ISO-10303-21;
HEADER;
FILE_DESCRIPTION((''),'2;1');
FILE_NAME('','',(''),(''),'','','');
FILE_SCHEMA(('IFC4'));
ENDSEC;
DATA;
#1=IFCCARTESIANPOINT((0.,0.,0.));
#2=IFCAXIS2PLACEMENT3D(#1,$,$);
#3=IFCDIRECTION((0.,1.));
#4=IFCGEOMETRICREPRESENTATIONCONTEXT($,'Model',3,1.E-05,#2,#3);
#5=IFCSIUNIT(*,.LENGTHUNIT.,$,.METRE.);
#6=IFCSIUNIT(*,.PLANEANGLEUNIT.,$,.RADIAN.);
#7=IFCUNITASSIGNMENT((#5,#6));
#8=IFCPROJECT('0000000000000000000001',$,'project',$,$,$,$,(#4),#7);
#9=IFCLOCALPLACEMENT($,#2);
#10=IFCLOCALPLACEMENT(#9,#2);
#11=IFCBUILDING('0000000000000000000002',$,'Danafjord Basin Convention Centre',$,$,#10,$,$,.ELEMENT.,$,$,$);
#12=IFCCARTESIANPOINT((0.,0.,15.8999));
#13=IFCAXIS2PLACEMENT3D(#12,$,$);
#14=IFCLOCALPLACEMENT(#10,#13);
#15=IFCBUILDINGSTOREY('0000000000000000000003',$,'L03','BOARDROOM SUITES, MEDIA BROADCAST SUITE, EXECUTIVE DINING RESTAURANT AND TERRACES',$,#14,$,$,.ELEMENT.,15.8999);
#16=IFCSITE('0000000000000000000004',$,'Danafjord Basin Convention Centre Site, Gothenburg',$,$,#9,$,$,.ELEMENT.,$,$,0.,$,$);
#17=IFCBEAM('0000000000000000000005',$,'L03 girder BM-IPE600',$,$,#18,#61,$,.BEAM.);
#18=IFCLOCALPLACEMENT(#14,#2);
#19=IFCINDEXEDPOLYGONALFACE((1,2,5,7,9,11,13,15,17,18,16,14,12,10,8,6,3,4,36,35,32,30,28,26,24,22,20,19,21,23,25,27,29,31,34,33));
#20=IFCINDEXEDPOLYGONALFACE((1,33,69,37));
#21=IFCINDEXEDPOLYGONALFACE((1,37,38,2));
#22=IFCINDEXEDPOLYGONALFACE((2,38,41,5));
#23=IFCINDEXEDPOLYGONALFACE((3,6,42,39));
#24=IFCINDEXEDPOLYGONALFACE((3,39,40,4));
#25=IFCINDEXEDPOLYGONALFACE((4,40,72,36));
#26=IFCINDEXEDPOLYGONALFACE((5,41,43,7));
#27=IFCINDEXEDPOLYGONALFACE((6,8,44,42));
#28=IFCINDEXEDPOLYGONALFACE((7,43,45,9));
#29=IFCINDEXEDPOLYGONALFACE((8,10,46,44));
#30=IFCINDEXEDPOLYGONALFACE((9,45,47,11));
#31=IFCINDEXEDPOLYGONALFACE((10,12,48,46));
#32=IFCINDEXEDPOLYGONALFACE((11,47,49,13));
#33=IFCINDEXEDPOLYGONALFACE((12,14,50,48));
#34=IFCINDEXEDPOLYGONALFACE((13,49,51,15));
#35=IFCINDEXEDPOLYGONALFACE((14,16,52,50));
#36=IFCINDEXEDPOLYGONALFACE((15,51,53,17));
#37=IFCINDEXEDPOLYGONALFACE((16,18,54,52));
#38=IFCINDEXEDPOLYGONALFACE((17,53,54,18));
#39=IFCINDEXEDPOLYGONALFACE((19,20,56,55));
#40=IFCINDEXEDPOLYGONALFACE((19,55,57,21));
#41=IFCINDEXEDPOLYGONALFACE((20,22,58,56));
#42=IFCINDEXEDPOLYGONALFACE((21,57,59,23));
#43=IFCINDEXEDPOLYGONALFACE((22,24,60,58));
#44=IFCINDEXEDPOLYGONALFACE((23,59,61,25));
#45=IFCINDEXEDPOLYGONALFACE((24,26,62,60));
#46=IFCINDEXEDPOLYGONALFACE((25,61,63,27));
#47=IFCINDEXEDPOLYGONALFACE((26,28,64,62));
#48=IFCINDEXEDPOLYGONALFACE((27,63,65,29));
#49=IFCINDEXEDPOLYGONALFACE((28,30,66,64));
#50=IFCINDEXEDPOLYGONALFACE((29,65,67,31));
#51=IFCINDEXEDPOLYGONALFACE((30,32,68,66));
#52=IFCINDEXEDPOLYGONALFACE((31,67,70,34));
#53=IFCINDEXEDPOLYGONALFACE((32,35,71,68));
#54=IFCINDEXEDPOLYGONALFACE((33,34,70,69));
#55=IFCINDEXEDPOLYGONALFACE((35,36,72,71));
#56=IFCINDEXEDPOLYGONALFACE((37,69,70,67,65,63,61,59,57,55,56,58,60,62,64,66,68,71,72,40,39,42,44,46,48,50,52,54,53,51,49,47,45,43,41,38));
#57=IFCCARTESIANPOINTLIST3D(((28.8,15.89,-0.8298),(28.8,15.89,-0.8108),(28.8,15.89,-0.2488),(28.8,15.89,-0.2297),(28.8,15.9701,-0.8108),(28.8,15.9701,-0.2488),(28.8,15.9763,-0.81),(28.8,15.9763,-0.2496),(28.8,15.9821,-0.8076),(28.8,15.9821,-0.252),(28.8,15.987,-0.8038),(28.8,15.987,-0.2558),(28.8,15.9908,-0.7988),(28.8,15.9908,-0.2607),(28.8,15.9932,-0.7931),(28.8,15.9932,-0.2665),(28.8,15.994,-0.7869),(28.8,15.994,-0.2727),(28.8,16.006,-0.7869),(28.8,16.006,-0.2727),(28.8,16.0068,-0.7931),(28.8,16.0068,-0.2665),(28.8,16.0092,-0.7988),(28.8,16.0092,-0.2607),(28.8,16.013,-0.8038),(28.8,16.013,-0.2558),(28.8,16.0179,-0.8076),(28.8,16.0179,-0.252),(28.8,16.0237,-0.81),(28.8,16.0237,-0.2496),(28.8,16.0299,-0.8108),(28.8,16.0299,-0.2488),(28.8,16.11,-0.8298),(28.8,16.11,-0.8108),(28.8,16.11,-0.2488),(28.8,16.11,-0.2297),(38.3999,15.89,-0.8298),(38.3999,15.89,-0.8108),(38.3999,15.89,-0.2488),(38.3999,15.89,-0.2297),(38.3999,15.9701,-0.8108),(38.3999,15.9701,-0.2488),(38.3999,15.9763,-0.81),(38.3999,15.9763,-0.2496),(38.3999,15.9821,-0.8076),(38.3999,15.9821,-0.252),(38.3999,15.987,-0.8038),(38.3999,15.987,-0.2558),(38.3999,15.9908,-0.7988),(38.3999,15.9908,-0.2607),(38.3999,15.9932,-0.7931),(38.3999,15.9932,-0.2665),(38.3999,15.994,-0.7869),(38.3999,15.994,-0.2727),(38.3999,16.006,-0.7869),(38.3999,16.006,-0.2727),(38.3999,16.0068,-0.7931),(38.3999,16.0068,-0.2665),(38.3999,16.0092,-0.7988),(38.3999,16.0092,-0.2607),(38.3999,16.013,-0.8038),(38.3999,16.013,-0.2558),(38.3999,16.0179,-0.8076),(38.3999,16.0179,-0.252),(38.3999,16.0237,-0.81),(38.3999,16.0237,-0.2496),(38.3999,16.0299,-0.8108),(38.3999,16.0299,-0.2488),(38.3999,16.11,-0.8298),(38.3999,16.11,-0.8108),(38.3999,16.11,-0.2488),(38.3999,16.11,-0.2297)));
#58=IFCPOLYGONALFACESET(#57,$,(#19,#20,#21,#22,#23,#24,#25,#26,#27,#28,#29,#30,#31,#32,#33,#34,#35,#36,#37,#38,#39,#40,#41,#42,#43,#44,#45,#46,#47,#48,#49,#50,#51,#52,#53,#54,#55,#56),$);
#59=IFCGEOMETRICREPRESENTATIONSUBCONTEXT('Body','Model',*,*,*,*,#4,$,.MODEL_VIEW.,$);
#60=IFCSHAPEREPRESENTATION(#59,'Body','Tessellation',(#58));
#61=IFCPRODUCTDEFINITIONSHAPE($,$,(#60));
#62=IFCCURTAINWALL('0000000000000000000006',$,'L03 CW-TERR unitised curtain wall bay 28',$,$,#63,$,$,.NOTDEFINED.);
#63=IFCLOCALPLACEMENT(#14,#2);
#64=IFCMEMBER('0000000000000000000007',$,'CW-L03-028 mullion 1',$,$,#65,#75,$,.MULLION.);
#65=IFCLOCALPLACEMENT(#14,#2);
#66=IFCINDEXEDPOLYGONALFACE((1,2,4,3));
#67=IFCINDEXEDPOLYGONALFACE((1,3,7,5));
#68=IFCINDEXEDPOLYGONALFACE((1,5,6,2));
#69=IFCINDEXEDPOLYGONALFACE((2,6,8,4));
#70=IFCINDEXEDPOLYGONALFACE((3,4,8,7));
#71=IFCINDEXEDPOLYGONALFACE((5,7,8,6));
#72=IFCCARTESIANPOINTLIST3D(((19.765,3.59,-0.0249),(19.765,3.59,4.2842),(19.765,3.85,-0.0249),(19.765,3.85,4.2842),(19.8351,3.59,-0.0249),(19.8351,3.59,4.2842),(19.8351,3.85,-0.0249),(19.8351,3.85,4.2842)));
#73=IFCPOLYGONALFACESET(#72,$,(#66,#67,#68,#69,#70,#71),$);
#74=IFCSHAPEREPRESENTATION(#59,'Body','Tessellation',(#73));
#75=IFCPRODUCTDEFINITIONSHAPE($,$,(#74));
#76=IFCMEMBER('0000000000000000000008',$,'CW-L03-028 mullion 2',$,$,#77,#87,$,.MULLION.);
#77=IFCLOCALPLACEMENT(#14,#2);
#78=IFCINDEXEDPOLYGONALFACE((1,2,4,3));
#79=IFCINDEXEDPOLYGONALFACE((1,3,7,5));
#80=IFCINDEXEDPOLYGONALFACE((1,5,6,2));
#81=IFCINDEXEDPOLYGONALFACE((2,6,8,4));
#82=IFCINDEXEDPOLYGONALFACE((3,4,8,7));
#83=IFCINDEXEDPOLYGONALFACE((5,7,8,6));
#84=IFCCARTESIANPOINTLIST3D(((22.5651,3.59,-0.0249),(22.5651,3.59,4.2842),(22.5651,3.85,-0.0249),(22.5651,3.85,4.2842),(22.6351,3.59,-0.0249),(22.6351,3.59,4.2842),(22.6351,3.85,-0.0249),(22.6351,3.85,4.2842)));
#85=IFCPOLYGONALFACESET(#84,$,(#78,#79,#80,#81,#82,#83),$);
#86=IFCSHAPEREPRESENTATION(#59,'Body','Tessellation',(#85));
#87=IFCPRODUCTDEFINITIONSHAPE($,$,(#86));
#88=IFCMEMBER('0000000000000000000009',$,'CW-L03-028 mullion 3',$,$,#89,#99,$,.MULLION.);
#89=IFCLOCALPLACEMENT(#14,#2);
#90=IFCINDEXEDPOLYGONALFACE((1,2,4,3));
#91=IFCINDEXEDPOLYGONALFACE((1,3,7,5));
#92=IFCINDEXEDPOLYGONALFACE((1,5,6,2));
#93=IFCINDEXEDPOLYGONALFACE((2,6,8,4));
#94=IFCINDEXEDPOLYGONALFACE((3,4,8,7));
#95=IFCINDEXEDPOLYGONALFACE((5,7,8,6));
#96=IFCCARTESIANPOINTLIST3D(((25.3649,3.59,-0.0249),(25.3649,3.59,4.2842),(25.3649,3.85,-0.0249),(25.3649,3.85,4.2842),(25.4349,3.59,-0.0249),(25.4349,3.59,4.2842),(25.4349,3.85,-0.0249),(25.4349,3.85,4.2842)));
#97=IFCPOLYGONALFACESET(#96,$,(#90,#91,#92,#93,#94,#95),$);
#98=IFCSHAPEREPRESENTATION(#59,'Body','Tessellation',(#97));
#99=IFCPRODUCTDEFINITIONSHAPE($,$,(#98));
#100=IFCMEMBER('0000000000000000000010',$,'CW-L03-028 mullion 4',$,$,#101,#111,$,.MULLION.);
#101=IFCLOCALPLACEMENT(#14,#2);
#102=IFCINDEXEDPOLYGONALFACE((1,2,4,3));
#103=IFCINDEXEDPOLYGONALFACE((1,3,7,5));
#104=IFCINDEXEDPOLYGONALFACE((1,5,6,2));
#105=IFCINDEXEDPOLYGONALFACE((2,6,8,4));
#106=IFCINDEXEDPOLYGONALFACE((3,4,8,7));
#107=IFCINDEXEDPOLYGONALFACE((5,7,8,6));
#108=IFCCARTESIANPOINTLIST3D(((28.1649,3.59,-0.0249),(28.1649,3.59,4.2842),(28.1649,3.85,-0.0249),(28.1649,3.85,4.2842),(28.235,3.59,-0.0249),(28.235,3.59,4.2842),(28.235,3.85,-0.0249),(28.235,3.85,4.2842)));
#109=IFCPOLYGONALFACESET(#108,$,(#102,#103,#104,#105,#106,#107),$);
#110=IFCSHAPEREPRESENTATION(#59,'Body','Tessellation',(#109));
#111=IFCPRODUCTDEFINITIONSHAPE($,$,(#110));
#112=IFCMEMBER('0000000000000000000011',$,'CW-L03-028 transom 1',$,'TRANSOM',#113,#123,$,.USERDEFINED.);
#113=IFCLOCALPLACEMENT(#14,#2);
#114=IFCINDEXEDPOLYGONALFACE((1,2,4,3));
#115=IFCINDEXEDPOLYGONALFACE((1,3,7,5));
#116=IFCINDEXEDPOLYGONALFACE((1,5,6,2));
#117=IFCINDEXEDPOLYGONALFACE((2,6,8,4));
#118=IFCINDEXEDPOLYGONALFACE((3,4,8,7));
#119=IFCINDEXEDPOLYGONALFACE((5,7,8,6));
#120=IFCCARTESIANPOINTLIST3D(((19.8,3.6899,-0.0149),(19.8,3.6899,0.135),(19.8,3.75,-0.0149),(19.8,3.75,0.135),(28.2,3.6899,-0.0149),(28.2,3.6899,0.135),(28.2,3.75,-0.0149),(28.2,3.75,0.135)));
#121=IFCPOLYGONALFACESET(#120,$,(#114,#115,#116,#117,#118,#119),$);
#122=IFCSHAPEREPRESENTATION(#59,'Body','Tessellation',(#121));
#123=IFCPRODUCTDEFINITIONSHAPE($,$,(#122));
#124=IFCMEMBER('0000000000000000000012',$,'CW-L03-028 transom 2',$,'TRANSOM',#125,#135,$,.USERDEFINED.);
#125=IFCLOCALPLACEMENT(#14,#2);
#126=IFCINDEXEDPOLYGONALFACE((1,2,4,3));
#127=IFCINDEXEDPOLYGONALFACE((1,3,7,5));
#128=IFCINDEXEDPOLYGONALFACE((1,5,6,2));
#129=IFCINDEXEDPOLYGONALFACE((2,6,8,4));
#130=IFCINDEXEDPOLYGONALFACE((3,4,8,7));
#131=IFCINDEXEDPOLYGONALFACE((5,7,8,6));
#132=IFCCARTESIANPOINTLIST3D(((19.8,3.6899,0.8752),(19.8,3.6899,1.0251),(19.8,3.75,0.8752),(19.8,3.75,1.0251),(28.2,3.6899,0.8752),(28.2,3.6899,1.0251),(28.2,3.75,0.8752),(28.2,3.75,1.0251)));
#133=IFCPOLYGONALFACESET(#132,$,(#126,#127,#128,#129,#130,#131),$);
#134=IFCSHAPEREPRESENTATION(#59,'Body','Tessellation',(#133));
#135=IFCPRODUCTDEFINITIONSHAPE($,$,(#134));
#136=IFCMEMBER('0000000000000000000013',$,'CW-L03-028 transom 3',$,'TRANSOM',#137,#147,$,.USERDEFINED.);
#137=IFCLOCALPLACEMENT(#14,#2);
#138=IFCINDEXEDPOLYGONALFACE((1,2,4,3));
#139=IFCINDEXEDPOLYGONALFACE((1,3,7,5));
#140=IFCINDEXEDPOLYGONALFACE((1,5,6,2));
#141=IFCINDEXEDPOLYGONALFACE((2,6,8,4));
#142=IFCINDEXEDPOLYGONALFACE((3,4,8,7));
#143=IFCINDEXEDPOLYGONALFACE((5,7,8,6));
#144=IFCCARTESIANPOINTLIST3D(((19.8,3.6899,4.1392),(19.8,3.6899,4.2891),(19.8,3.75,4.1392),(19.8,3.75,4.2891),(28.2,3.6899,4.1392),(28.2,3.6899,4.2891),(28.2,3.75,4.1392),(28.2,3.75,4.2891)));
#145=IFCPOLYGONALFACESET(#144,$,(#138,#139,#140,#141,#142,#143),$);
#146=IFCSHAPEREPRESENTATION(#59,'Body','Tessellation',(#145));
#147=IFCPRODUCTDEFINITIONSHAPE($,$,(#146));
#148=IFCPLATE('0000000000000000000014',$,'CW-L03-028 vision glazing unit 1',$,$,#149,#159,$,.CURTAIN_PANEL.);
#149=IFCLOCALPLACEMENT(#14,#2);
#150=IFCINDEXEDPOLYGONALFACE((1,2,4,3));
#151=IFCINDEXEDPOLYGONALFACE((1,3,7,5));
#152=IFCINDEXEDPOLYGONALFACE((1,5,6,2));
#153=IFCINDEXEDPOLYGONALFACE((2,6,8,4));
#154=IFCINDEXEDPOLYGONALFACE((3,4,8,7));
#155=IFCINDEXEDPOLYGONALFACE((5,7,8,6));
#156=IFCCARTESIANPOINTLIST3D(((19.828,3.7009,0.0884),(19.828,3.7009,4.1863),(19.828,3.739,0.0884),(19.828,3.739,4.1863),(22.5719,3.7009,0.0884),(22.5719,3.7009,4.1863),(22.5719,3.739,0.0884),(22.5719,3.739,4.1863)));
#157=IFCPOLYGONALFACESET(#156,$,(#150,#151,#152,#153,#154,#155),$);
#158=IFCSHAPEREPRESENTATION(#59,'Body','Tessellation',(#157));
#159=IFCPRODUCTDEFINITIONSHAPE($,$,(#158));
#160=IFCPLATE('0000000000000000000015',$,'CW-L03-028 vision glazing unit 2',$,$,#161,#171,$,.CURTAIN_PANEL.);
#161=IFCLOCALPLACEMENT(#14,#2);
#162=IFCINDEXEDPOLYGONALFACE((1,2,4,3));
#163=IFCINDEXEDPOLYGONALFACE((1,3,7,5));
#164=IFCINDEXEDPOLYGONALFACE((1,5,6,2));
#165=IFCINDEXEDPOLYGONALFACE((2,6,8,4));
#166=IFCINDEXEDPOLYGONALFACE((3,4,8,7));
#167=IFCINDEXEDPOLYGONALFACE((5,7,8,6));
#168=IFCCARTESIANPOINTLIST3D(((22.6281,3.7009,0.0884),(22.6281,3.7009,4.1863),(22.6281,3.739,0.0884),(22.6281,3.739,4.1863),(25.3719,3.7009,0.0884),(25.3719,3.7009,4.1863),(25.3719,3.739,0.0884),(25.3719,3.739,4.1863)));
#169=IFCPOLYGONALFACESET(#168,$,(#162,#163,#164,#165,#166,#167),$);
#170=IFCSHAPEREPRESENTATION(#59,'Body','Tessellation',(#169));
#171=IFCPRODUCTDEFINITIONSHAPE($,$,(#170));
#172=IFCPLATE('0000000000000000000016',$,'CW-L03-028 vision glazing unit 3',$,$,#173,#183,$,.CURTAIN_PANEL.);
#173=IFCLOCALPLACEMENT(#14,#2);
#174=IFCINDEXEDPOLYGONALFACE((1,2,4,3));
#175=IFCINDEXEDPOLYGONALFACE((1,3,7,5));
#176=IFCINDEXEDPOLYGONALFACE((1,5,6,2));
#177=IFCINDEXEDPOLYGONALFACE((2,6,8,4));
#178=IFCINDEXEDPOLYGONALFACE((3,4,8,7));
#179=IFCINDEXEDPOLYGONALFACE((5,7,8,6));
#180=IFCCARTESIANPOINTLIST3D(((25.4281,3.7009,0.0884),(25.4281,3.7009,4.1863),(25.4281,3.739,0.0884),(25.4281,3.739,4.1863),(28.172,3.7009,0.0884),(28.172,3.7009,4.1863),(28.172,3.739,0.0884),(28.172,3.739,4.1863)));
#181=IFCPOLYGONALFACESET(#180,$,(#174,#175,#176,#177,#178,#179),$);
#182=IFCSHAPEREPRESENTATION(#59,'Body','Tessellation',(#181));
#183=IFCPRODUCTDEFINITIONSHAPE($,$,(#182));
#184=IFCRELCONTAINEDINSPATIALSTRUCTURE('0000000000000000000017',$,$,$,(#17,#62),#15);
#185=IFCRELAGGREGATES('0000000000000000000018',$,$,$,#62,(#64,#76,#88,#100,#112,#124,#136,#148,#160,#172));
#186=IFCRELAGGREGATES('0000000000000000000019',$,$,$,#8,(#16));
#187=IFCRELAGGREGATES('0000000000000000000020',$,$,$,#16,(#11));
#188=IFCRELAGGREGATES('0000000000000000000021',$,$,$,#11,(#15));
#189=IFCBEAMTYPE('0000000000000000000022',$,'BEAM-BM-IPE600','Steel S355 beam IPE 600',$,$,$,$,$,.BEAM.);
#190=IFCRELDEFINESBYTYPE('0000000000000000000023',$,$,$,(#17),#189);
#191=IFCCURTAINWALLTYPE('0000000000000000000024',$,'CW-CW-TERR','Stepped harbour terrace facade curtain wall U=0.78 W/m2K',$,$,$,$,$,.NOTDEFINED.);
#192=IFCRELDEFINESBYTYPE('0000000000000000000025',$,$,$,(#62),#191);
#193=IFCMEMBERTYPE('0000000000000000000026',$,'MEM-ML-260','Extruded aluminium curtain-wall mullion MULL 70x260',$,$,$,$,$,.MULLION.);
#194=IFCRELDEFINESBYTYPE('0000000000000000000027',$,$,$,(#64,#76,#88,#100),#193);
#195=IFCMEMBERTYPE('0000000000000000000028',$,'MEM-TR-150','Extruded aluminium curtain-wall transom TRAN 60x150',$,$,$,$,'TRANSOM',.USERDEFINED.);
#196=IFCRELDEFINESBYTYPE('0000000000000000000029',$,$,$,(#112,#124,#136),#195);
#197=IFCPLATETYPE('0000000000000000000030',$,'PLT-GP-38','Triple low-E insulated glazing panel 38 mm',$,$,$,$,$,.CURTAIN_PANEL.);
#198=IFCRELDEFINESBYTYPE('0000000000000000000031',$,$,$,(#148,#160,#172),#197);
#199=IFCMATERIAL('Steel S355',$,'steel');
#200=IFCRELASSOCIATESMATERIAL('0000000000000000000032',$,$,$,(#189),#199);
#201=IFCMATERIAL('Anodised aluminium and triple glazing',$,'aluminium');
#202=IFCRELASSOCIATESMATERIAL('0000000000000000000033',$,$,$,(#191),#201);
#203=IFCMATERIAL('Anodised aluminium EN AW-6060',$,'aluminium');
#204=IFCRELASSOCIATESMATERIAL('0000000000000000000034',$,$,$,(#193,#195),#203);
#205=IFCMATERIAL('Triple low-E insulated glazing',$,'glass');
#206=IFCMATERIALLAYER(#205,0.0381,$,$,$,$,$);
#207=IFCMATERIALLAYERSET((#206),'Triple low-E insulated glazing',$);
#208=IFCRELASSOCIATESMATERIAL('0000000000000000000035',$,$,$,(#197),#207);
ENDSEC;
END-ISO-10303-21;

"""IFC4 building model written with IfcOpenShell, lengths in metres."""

from ifc_helpers import new_model, si_unit, direction, frame, origin, origin_2d, place, context, subcontext, project, spatial, rectangle, i_section, extrude, material, layer, layer_set, material_profile, profile_set, type_object, element, aggregate, save


model = new_model("IFC4")

# Units and contexts
model_context = context("Model", 3, precision=1e-05, world=origin(), true_north=direction((0.0, 1.0)))
body_context = subcontext(model_context, "Body", "Model", "MODEL_VIEW")
ifc_project = project(units=[si_unit("LENGTHUNIT", "METRE"), si_unit("PLANEANGLEUNIT", "RADIAN")], contexts=[model_context])

# Site, building, storey
site_placement = place(None, origin())
site = spatial("IfcSite", under=ifc_project, at=site_placement, Name="Danafjord Basin Convention Centre Site, Gothenburg", CompositionType="ELEMENT", RefElevation=0.0)
building_placement = place(site_placement, origin())
building = spatial("IfcBuilding", under=site, at=building_placement, Name="Danafjord Basin Convention Centre", CompositionType="ELEMENT")
storey_placement = place(building_placement, frame((0.0, 0.0, 15.8999)))
storey = spatial("IfcBuildingStorey", under=building, at=storey_placement, Name="L03", Description="BOARDROOM SUITES, MEDIA BROADCAST SUITE, EXECUTIVE DINING RESTAURANT AND TERRACES", CompositionType="ELEMENT", Elevation=15.8999)

# Shared definitions
ifc_material_1 = material(Name="Steel S355", Category="steel")

# Beam
ifc_material_profile_1 = material_profile(ifc_material_1, i_section(OverallWidth=0.22, OverallDepth=0.6001, WebThickness=0.012, FlangeThickness=0.019, FilletRadius=0.0239, at=origin_2d()), Name="IPE 600")
ifc_profile_set_1 = profile_set([ifc_material_profile_1], Name="Steel S355")
beam_type_1 = type_object("IfcBeamType", Name="BEAM-BM-IPE600", Description="Steel S355 beam IPE 600", PredefinedType="BEAM", material=ifc_profile_set_1)
beam_1_placement = place(storey_placement, frame((28.8, 16.0, -0.5298), z_axis=(1.0, 0.0, 0.0), x_axis=(0.0, 1.0, 0.0)))
element("IfcBeam", 1, at=beam_1_placement, inside=storey, type_object=beam_type_1, Name="L03 girder BM-IPE600", PredefinedType="BEAM", context=body_context, shape_type="SweptSolid", body=[
    extrude(i_section(OverallWidth=0.22, OverallDepth=0.6001, WebThickness=0.012, FlangeThickness=0.019, FilletRadius=0.0239, at=origin_2d()), origin(), (0.0, 0.0, 1.0), 9.5999),
])

# Curtain wall, members, plates
ifc_material_2 = material(Name="Anodised aluminium and triple glazing", Category="aluminium")
curtain_wall_type = type_object("IfcCurtainWallType", Name="CW-CW-TERR", Description="Stepped harbour terrace facade curtain wall U=0.78 W/m2K", PredefinedType="NOTDEFINED", material=ifc_material_2)
curtain_wall_placement = place(storey_placement, origin())
curtain_wall = element("IfcCurtainWall", 2, at=curtain_wall_placement, inside=storey, type_object=curtain_wall_type, Name="L03 CW-TERR unitised curtain wall bay 28", PredefinedType="NOTDEFINED")
ifc_material_3 = material(Name="Anodised aluminium EN AW-6060", Category="aluminium")
ifc_material_profile_2 = material_profile(ifc_material_3, rectangle(XDim=0.0701, YDim=0.26, at=origin_2d()), Name="MULL 70x260")
ifc_profile_set_2 = profile_set([ifc_material_profile_2], Name="Anodised aluminium EN AW-6060")
member_type_1 = type_object("IfcMemberType", Name="MEM-ML-260", Description="Extruded aluminium curtain-wall mullion MULL 70x260", PredefinedType="MULLION", material=ifc_profile_set_2)
member_1_placement = place(storey_placement, frame((19.8, 3.72, -0.0249), z_axis=(0.0, 0.0, 1.0), x_axis=(1.0, 0.0, 0.0)))
member_1 = element("IfcMember", 3, at=member_1_placement, type_object=member_type_1, Name="CW-L03-028 mullion 1", PredefinedType="MULLION", context=body_context, shape_type="SweptSolid", body=[
    extrude(rectangle(XDim=0.0701, YDim=0.26, at=origin_2d()), origin(), (0.0, 0.0, 1.0), 4.3091),
])
member_2_placement = place(storey_placement, frame((22.6001, 3.72, -0.0249), z_axis=(0.0, 0.0, 1.0), x_axis=(1.0, 0.0, 0.0)))
member_2 = element("IfcMember", 4, at=member_2_placement, type_object=member_type_1, Name="CW-L03-028 mullion 2", PredefinedType="MULLION", context=body_context, shape_type="SweptSolid", body=[
    extrude(rectangle(XDim=0.0701, YDim=0.26, at=origin_2d()), origin(), (0.0, 0.0, 1.0), 4.3091),
])
member_3_placement = place(storey_placement, frame((25.3999, 3.72, -0.0249), z_axis=(0.0, 0.0, 1.0), x_axis=(1.0, 0.0, 0.0)))
member_3 = element("IfcMember", 5, at=member_3_placement, type_object=member_type_1, Name="CW-L03-028 mullion 3", PredefinedType="MULLION", context=body_context, shape_type="SweptSolid", body=[
    extrude(rectangle(XDim=0.0701, YDim=0.26, at=origin_2d()), origin(), (0.0, 0.0, 1.0), 4.3091),
])
member_4_placement = place(storey_placement, frame((28.2, 3.72, -0.0249), z_axis=(0.0, 0.0, 1.0), x_axis=(1.0, 0.0, 0.0)))
member_4 = element("IfcMember", 6, at=member_4_placement, type_object=member_type_1, Name="CW-L03-028 mullion 4", PredefinedType="MULLION", context=body_context, shape_type="SweptSolid", body=[
    extrude(rectangle(XDim=0.0701, YDim=0.26, at=origin_2d()), origin(), (0.0, 0.0, 1.0), 4.3091),
])
ifc_material_profile_3 = material_profile(ifc_material_3, rectangle(XDim=0.0601, YDim=0.1499, at=origin_2d()), Name="TRAN 60x150")
ifc_profile_set_3 = profile_set([ifc_material_profile_3], Name="Anodised aluminium EN AW-6060")
member_type_2 = type_object("IfcMemberType", Name="MEM-TR-150", Description="Extruded aluminium curtain-wall transom TRAN 60x150", ElementType="TRANSOM", PredefinedType="USERDEFINED", material=ifc_profile_set_3)
member_5_placement = place(storey_placement, frame((19.8, 3.72, 0.0601), z_axis=(1.0, 0.0, 0.0), x_axis=(0.0, 1.0, 0.0)))
member_5 = element("IfcMember", 7, at=member_5_placement, type_object=member_type_2, Name="CW-L03-028 transom 1", ObjectType="TRANSOM", PredefinedType="USERDEFINED", context=body_context, shape_type="SweptSolid", body=[
    extrude(rectangle(XDim=0.0601, YDim=0.1499, at=origin_2d()), origin(), (0.0, 0.0, 1.0), 8.3999),
])
member_6_placement = place(storey_placement, frame((19.8, 3.72, 0.9502), z_axis=(1.0, 0.0, 0.0), x_axis=(0.0, 1.0, 0.0)))
member_6 = element("IfcMember", 8, at=member_6_placement, type_object=member_type_2, Name="CW-L03-028 transom 2", ObjectType="TRANSOM", PredefinedType="USERDEFINED", context=body_context, shape_type="SweptSolid", body=[
    extrude(rectangle(XDim=0.0601, YDim=0.1499, at=origin_2d()), origin(), (0.0, 0.0, 1.0), 8.3999),
])
member_7_placement = place(storey_placement, frame((19.8, 3.72, 4.2141), z_axis=(1.0, 0.0, 0.0), x_axis=(0.0, 1.0, 0.0)))
member_7 = element("IfcMember", 9, at=member_7_placement, type_object=member_type_2, Name="CW-L03-028 transom 3", ObjectType="TRANSOM", PredefinedType="USERDEFINED", context=body_context, shape_type="SweptSolid", body=[
    extrude(rectangle(XDim=0.0601, YDim=0.1499, at=origin_2d()), origin(), (0.0, 0.0, 1.0), 8.3999),
])
ifc_material_4 = material(Name="Triple low-E insulated glazing", Category="glass")
ifc_layer_1 = layer(ifc_material_4, 0.0381)
ifc_layer_set_1 = layer_set([ifc_layer_1], Name="Triple low-E insulated glazing")
plate_type = type_object("IfcPlateType", Name="PLT-GP-38", Description="Triple low-E insulated glazing panel 38 mm", PredefinedType="CURTAIN_PANEL", material=ifc_layer_set_1)
plate_1_placement = place(storey_placement, frame((21.2, 3.72, 0.0884), z_axis=(0.0, 0.0, 1.0), x_axis=(1.0, 0.0, 0.0)))
plate_1 = element("IfcPlate", 10, at=plate_1_placement, type_object=plate_type, Name="CW-L03-028 vision glazing unit 1", PredefinedType="CURTAIN_PANEL", context=body_context, shape_type="SweptSolid", body=[
    extrude(rectangle(XDim=2.7439, YDim=0.0381, at=origin_2d()), origin(), (0.0, 0.0, 1.0), 4.0979),
])
plate_2_placement = place(storey_placement, frame((24.0, 3.72, 0.0884), z_axis=(0.0, 0.0, 1.0), x_axis=(1.0, 0.0, 0.0)))
plate_2 = element("IfcPlate", 11, at=plate_2_placement, type_object=plate_type, Name="CW-L03-028 vision glazing unit 2", PredefinedType="CURTAIN_PANEL", context=body_context, shape_type="SweptSolid", body=[
    extrude(rectangle(XDim=2.7439, YDim=0.0381, at=origin_2d()), origin(), (0.0, 0.0, 1.0), 4.0979),
])
plate_3_placement = place(storey_placement, frame((26.8, 3.72, 0.0884), z_axis=(0.0, 0.0, 1.0), x_axis=(1.0, 0.0, 0.0)))
plate_3 = element("IfcPlate", 12, at=plate_3_placement, type_object=plate_type, Name="CW-L03-028 vision glazing unit 3", PredefinedType="CURTAIN_PANEL", context=body_context, shape_type="SweptSolid", body=[
    extrude(rectangle(XDim=2.7439, YDim=0.0381, at=origin_2d()), origin(), (0.0, 0.0, 1.0), 4.0979),
])
aggregate(curtain_wall, [member_1, member_2, member_3, member_4, member_5, member_6, member_7, plate_1, plate_2, plate_3])

save(model, "model.ifc")
